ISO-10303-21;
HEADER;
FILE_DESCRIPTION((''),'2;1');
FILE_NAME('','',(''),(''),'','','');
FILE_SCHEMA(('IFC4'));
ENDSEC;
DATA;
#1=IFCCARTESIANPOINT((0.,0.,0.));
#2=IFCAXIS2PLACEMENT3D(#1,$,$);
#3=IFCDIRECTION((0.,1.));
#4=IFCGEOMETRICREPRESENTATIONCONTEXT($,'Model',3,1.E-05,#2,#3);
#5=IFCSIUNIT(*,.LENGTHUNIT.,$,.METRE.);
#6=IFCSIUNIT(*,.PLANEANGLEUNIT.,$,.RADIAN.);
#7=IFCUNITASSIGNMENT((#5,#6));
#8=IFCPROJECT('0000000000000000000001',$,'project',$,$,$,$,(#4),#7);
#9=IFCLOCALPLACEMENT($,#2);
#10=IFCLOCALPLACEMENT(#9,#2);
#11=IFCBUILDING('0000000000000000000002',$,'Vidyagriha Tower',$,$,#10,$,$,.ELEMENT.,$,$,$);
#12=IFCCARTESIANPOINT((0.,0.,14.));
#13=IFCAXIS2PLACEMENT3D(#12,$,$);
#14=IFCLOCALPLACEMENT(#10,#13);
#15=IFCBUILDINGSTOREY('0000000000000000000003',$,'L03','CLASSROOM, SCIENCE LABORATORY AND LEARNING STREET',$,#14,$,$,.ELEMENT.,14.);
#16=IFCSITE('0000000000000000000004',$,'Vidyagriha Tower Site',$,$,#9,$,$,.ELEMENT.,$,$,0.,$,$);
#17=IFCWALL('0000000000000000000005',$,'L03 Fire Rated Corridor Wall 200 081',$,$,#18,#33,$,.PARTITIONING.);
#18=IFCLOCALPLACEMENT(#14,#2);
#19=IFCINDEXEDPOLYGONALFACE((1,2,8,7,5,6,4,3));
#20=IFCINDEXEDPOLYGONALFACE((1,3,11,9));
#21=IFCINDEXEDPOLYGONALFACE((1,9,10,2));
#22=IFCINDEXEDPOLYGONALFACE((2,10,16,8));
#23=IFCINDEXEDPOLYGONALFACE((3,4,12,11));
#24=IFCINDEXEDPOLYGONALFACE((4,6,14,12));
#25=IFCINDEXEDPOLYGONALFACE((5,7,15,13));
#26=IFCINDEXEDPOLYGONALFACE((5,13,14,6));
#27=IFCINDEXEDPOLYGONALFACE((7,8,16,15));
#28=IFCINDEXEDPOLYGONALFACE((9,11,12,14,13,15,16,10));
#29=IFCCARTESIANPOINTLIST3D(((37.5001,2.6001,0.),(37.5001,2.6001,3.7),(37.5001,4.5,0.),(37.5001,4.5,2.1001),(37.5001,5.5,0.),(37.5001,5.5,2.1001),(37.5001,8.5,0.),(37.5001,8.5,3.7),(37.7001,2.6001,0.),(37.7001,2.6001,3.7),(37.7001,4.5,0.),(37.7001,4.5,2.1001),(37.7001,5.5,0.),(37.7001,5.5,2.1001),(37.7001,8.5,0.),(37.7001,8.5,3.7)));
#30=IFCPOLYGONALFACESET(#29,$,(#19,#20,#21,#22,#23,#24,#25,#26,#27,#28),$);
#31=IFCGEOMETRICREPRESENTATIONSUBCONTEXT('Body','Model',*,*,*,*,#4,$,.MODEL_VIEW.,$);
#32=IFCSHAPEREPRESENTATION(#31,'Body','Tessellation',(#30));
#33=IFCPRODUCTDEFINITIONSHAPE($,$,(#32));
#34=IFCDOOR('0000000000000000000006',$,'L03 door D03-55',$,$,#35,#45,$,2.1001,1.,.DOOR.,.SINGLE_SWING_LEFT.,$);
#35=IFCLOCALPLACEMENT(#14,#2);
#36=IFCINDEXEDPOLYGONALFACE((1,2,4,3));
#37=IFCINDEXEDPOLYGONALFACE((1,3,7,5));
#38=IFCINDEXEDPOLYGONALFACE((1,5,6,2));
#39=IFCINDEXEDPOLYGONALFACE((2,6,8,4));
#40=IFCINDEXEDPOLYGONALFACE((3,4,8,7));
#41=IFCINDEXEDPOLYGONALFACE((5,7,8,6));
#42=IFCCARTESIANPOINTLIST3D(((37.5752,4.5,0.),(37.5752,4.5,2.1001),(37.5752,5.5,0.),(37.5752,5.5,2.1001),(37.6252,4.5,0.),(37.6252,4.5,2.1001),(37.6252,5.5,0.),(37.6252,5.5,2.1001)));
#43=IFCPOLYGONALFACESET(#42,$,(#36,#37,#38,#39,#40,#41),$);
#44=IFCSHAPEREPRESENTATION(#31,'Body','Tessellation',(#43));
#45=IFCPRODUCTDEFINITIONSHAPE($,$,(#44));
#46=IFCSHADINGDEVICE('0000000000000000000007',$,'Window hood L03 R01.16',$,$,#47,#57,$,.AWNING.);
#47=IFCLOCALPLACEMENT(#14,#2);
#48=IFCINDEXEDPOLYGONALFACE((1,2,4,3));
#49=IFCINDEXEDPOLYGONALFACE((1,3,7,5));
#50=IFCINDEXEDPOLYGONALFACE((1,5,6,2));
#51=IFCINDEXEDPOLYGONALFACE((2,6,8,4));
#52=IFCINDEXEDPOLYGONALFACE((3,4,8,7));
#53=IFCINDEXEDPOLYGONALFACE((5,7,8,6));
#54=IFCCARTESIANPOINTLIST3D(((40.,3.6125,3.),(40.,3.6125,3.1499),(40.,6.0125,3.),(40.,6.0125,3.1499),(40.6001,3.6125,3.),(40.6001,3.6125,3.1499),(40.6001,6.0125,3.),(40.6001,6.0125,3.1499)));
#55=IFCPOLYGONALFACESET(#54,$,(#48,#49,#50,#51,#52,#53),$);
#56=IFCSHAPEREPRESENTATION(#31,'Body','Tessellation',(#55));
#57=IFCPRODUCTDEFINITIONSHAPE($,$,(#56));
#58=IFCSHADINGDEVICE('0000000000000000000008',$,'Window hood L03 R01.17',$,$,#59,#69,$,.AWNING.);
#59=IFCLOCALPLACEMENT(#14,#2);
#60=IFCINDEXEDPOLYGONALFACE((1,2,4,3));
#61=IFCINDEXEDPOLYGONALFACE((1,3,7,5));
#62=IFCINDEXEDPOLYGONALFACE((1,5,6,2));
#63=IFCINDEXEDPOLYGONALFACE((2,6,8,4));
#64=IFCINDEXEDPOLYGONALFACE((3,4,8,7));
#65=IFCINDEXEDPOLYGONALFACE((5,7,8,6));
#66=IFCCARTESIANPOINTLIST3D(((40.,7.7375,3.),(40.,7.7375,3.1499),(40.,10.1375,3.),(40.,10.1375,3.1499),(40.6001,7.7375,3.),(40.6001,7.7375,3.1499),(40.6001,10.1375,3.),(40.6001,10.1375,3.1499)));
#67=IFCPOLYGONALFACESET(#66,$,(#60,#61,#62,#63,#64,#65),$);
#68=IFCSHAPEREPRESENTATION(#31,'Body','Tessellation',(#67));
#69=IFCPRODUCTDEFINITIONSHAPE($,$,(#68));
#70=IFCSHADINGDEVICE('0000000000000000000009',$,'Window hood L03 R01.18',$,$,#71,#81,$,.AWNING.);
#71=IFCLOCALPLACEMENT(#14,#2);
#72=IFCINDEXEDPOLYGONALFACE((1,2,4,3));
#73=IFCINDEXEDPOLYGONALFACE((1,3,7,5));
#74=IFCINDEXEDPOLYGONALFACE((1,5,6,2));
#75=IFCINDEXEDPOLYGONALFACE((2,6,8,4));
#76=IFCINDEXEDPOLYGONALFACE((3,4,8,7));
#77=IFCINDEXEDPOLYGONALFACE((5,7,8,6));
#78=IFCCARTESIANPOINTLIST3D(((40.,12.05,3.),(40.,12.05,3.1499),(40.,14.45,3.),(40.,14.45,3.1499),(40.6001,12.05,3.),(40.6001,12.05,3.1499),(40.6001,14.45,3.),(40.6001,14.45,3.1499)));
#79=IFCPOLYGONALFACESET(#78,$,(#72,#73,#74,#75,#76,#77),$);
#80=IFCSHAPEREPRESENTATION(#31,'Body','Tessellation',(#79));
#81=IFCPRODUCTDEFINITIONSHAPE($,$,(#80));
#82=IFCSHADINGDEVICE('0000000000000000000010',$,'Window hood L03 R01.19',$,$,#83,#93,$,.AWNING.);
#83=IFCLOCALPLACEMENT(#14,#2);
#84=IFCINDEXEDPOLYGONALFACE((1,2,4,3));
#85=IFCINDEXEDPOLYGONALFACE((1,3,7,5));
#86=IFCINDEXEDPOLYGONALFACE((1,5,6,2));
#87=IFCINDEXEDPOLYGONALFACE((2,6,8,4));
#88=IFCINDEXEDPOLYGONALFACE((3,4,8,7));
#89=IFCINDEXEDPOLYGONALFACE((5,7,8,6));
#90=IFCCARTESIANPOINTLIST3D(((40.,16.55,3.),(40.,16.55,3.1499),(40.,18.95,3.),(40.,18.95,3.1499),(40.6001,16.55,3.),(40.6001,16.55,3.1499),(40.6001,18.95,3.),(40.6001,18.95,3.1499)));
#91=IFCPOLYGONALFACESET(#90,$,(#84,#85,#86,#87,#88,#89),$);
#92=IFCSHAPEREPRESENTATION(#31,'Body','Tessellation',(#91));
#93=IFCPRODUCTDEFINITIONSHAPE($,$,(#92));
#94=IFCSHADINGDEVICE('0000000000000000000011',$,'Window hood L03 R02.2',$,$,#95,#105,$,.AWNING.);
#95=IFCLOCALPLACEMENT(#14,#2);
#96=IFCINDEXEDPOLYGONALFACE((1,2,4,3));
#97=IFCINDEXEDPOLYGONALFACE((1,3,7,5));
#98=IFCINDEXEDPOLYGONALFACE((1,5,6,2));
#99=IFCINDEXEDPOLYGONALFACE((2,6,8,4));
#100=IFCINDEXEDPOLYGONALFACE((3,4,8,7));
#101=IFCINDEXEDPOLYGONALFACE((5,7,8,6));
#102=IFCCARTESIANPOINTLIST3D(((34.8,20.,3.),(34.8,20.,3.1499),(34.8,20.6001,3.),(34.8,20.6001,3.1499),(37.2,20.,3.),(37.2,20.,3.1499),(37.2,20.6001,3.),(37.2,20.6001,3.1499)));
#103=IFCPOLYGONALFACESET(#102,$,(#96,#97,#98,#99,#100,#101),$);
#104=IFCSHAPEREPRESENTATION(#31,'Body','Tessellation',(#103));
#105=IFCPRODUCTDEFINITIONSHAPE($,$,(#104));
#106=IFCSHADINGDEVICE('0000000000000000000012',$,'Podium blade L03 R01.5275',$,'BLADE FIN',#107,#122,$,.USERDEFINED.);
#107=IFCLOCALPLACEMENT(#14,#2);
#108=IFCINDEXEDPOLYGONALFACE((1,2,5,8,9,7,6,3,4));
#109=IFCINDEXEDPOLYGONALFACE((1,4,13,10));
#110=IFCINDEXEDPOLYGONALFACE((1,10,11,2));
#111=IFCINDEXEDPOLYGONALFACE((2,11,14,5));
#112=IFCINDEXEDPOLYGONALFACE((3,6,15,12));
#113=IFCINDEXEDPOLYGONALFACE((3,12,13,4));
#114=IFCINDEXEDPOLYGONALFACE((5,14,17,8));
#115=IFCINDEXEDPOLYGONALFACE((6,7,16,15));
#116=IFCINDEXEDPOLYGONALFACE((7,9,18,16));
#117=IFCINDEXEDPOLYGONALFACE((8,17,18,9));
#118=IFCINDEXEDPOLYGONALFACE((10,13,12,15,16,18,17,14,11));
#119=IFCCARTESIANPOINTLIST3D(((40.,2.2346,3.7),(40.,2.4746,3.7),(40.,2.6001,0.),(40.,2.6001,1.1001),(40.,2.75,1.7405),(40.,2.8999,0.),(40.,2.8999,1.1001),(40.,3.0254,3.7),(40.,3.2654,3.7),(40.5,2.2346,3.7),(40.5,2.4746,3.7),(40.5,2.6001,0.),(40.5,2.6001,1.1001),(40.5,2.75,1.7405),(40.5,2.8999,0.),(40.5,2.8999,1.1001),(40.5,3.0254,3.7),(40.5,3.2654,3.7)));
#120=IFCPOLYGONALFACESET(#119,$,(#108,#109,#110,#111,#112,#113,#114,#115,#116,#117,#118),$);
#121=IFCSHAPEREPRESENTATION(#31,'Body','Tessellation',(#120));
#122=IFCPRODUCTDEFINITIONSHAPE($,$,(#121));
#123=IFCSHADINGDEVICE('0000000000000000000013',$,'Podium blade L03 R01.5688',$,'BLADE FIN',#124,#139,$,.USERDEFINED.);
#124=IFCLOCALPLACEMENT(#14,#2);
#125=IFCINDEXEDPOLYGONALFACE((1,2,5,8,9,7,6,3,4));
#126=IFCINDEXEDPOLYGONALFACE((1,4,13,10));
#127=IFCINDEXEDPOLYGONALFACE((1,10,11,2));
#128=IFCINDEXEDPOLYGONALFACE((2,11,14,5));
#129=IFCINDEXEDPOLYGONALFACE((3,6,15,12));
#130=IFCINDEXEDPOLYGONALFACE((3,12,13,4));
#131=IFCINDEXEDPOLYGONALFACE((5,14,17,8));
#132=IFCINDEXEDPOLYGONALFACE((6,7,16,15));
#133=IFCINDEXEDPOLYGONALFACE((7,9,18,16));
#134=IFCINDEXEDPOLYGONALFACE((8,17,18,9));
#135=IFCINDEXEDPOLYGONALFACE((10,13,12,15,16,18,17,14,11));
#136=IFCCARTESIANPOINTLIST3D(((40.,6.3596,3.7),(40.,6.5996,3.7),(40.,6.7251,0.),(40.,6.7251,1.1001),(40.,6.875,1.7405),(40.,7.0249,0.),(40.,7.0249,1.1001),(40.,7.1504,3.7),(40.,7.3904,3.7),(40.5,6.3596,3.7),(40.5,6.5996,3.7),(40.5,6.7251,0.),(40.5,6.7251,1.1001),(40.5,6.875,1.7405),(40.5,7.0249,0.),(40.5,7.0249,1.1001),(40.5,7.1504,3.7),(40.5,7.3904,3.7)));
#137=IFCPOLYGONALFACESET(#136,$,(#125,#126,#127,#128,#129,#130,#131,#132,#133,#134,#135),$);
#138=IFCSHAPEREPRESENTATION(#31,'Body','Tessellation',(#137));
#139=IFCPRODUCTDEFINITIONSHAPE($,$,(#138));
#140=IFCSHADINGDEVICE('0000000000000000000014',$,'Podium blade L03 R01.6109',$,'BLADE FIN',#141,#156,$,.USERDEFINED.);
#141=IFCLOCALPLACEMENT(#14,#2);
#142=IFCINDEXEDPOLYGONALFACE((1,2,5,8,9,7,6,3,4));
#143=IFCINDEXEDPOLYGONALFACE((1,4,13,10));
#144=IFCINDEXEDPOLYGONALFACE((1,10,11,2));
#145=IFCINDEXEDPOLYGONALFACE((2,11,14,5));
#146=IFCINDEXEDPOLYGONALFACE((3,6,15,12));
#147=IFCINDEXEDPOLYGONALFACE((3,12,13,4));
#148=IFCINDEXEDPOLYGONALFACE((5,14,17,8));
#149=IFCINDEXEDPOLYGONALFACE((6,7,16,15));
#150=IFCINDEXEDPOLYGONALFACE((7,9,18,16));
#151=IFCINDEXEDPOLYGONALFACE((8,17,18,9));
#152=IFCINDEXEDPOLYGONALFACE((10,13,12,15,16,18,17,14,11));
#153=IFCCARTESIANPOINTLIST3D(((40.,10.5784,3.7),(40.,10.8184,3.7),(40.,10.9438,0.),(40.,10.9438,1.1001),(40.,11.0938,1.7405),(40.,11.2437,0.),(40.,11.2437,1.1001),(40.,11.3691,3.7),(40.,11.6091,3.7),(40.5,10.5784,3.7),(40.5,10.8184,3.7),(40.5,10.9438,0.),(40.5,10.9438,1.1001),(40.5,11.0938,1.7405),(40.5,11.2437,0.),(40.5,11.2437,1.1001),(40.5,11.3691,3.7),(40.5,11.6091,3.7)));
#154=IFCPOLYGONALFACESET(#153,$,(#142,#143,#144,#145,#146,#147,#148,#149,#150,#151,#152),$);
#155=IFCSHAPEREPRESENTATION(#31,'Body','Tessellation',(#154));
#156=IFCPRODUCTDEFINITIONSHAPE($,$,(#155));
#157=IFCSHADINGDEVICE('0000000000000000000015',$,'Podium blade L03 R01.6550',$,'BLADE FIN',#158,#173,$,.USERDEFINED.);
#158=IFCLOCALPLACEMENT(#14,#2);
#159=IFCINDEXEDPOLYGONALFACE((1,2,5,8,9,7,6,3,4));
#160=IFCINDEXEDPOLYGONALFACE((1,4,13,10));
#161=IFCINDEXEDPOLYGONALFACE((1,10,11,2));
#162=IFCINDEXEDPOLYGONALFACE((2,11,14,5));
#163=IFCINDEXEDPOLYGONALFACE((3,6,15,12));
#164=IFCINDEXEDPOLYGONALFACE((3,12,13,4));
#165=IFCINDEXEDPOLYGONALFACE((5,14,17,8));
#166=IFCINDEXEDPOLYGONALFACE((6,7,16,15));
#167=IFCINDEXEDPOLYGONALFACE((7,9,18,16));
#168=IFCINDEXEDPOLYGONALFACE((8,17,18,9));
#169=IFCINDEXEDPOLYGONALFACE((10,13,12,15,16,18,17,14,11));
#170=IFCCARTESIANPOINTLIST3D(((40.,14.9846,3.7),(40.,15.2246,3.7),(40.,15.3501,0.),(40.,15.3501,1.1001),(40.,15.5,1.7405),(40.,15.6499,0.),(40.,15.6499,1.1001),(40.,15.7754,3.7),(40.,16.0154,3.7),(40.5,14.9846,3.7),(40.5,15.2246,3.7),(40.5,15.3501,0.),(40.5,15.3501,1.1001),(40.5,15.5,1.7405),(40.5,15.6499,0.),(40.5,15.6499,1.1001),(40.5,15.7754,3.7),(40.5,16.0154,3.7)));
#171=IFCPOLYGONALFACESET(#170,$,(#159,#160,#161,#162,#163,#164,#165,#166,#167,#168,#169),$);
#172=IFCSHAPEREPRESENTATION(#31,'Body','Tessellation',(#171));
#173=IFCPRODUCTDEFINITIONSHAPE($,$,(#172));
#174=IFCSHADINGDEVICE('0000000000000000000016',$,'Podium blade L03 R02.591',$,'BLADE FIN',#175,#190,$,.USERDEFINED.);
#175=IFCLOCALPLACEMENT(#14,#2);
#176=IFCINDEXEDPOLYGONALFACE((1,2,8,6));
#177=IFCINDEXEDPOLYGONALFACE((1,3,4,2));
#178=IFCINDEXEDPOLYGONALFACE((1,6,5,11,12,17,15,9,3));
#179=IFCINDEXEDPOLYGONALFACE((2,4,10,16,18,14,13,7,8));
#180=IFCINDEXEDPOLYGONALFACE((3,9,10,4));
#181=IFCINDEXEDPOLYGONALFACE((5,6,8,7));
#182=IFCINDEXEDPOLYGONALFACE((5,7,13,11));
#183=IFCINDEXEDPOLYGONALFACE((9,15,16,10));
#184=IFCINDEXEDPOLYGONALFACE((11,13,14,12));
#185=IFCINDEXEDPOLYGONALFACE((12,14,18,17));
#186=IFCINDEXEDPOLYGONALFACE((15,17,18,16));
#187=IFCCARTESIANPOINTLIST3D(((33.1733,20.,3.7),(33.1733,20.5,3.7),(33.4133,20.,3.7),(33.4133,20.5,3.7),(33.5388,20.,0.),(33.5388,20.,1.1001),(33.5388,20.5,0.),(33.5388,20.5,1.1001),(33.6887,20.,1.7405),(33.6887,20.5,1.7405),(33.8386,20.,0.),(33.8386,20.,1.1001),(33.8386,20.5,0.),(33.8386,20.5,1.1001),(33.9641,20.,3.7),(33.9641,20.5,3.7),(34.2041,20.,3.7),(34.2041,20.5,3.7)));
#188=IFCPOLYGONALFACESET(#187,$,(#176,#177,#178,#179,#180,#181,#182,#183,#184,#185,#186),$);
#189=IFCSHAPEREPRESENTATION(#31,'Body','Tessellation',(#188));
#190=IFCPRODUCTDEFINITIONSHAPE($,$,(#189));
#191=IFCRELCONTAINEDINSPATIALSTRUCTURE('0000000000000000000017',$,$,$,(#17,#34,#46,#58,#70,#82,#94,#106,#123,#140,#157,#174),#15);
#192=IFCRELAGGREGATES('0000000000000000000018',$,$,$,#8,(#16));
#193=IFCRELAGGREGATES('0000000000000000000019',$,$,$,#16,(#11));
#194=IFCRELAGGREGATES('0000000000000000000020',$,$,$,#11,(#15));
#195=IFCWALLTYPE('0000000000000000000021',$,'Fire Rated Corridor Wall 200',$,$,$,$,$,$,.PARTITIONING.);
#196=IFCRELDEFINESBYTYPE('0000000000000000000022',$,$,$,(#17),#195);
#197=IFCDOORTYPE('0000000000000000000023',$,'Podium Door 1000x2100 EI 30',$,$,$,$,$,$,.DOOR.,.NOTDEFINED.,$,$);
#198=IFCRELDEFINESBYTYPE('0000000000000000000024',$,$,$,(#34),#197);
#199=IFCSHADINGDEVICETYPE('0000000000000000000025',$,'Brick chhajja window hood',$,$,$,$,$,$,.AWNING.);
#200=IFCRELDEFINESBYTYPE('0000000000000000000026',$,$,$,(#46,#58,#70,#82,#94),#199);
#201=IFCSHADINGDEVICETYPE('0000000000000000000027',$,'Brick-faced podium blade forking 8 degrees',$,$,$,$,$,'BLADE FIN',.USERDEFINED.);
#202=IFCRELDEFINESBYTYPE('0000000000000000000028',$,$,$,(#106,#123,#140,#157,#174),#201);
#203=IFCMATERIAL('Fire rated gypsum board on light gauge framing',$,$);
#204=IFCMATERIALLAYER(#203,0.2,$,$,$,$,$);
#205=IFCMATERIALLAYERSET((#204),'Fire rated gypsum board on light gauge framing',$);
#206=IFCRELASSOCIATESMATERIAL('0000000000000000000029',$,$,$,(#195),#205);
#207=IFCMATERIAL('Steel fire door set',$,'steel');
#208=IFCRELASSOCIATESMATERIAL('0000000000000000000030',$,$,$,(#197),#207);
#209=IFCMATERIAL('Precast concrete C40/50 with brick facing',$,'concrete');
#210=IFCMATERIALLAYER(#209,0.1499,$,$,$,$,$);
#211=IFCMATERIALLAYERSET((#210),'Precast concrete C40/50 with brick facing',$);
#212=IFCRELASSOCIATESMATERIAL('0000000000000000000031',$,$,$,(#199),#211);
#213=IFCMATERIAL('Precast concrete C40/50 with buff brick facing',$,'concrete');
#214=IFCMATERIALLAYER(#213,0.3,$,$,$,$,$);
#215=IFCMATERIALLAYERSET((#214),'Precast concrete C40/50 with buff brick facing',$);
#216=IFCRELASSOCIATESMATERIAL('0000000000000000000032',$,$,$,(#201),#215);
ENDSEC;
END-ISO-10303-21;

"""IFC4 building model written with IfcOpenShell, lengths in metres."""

from ifc_helpers import new_model, si_unit, direction, frame, frame_2d, origin, origin_2d, place, context, subcontext, project, spatial, polyline, rectangle, outline, extrude, material, layer, layer_set, type_object, element, fill, save


model = new_model("IFC4")

# Units and contexts
model_context = context("Model", 3, precision=1e-05, world=origin(), true_north=direction((0.0, 1.0)))
body_context = subcontext(model_context, "Body", "Model", "MODEL_VIEW")
ifc_project = project(units=[si_unit("LENGTHUNIT", "METRE"), si_unit("PLANEANGLEUNIT", "RADIAN")], contexts=[model_context])

# Site, building, storey
site_placement = place(None, origin())
site = spatial("IfcSite", under=ifc_project, at=site_placement, Name="Vidyagriha Tower Site", CompositionType="ELEMENT", RefElevation=0.0)
building_placement = place(site_placement, origin())
building = spatial("IfcBuilding", under=site, at=building_placement, Name="Vidyagriha Tower", CompositionType="ELEMENT")
storey_placement = place(building_placement, frame((0.0, 0.0, 14.0)))
storey = spatial("IfcBuildingStorey", under=building, at=storey_placement, Name="L03", Description="CLASSROOM, SCIENCE LABORATORY AND LEARNING STREET", CompositionType="ELEMENT", Elevation=14.0)

# Shared definitions
ifc_material_1 = material(Name="Fire rated gypsum board on light gauge framing")
ifc_layer_1 = layer(ifc_material_1, 0.2)
ifc_layer_set_1 = layer_set([ifc_layer_1], Name="Fire rated gypsum board on light gauge framing")
wall_type_1 = type_object("IfcWallType", Name="Fire Rated Corridor Wall 200", PredefinedType="PARTITIONING", material=ifc_layer_set_1)

# Wall, opening, door
wall_1_placement = place(storey_placement, frame((37.6001, 2.6001, 0.0), z_axis=(0.0, 0.0, 1.0), x_axis=(0.0, 1.0, 0.0)))
wall_1 = element("IfcWall", 1, at=wall_1_placement, inside=storey, type_object=wall_type_1, Name="L03 Fire Rated Corridor Wall 200 081", PredefinedType="PARTITIONING", context=body_context, shape_type="SweptSolid", body=[
    extrude(rectangle(XDim=5.8999, YDim=0.2, at=frame_2d((2.95, 0.0))), origin(), (0.0, 0.0, 1.0), 3.7),
])
opening_1_placement = place(wall_1_placement, frame((1.8999, 0.0, 0.0)))
opening_1 = element("IfcOpeningElement", 2, at=opening_1_placement, cuts=wall_1, PredefinedType="OPENING", context=body_context, shape_type="SweptSolid", body=[
    extrude(rectangle(XDim=1.0, YDim=2.1001, at=frame_2d((0.5, 1.05))), frame((0.0, 0.1099, 0.0), z_axis=(0.0, -1.0, 0.0), x_axis=(1.0, 0.0, 0.0)), (0.0, 0.0, 1.0), 0.22),
])
ifc_material_2 = material(Name="Steel fire door set", Category="steel")
door_type = type_object("IfcDoorType", Name="Podium Door 1000x2100 EI 30", OperationType="NOTDEFINED", PredefinedType="DOOR", material=ifc_material_2)
door_placement = place(opening_1_placement, origin())
door = element("IfcDoor", 3, at=door_placement, inside=storey, type_object=door_type, Name="L03 door D03-55", OperationType="SINGLE_SWING_LEFT", OverallHeight=2.1001, OverallWidth=1.0, PredefinedType="DOOR", context=body_context, shape_type="SweptSolid", body=[
    extrude(rectangle(XDim=1.0, YDim=2.1001, at=frame_2d((0.5, 1.05))), frame((0.0, 0.0249, 0.0), z_axis=(0.0, -1.0, 0.0), x_axis=(1.0, 0.0, 0.0)), (0.0, 0.0, 1.0), 0.05),
])
fill(opening_1, door)

# Shading devices
ifc_material_3 = material(Name="Precast concrete C40/50 with brick facing", Category="concrete")
ifc_layer_2 = layer(ifc_material_3, 0.1499)
ifc_layer_set_2 = layer_set([ifc_layer_2], Name="Precast concrete C40/50 with brick facing")
shading_device_type_1 = type_object("IfcShadingDeviceType", Name="Brick chhajja window hood", PredefinedType="AWNING", material=ifc_layer_set_2)
for number, where, z_axis, x_axis, name in (
    (4, (40.3, 4.8125, 3.0), (0.0, 0.0, 1.0), (0.0, 1.0, 0.0), "Window hood L03 R01.16"),
    (5, (40.3, 8.9375, 3.0), (0.0, 0.0, 1.0), (0.0, 1.0, 0.0), "Window hood L03 R01.17"),
    (6, (40.3, 13.25, 3.0), (0.0, 0.0, 1.0), (0.0, 1.0, 0.0), "Window hood L03 R01.18"),
    (7, (40.3, 17.75, 3.0), (0.0, 0.0, 1.0), (0.0, 1.0, 0.0), "Window hood L03 R01.19"),
    (8, (36.0, 20.3, 3.0), (0.0, 0.0, 1.0), (-1.0, 0.0, 0.0), "Window hood L03 R02.2"),
):
    element("IfcShadingDevice", number, at=place(storey_placement, frame(where, z_axis=z_axis, x_axis=x_axis)), inside=storey, type_object=shading_device_type_1, Name=name, PredefinedType="AWNING", context=body_context, shape_type="SweptSolid", body=[
        extrude(rectangle(XDim=2.3999, YDim=0.6001, at=origin_2d()), origin(), (0.0, 0.0, 1.0), 0.1499),
    ])
ifc_material_4 = material(Name="Precast concrete C40/50 with buff brick facing", Category="concrete")
ifc_layer_3 = layer(ifc_material_4, 0.3)
ifc_layer_set_3 = layer_set([ifc_layer_3], Name="Precast concrete C40/50 with buff brick facing")
shading_device_type_2 = type_object("IfcShadingDeviceType", Name="Brick-faced podium blade forking 8 degrees", ElementType="BLADE FIN", PredefinedType="USERDEFINED", material=ifc_layer_set_3)
for number, where, z_axis, x_axis, name in (
    (9, (40.25, 2.2346, 0.0), (0.0, 0.0, 1.0), (0.0, 1.0, 0.0), "Podium blade L03 R01.5275"),
    (10, (40.25, 6.3596, 0.0), (0.0, 0.0, 1.0), (0.0, 1.0, 0.0), "Podium blade L03 R01.5688"),
    (11, (40.25, 10.5784, 0.0), (0.0, 0.0, 1.0), (0.0, 1.0, 0.0), "Podium blade L03 R01.6109"),
    (12, (40.25, 14.9846, 0.0), (0.0, 0.0, 1.0), (0.0, 1.0, 0.0), "Podium blade L03 R01.6550"),
    (13, (34.2041, 20.25, 0.0), (0.0, 0.0, 1.0), (-1.0, 0.0, 0.0), "Podium blade L03 R02.591"),
):
    element("IfcShadingDevice", number, at=place(storey_placement, frame(where, z_axis=z_axis, x_axis=x_axis)), inside=storey, type_object=shading_device_type_2, Name=name, ObjectType="BLADE FIN", PredefinedType="USERDEFINED", context=body_context, shape_type="SweptSolid", body=[
        extrude(outline(polyline([(0.6653, 0.0), (0.6653, 1.1001), (1.0308, 3.7), (0.7908, 3.7), (0.5154, 1.7405), (0.24, 3.7), (0.0, 3.7), (0.3655, 1.1001), (0.3655, 0.0), (0.6653, 0.0)])), frame((0.0, 0.25, 0.0), z_axis=(0.0, -1.0, 0.0), x_axis=(1.0, 0.0, 0.0)), (0.0, 0.0, 1.0), 0.5),
    ])

save(model, "model.ifc")
